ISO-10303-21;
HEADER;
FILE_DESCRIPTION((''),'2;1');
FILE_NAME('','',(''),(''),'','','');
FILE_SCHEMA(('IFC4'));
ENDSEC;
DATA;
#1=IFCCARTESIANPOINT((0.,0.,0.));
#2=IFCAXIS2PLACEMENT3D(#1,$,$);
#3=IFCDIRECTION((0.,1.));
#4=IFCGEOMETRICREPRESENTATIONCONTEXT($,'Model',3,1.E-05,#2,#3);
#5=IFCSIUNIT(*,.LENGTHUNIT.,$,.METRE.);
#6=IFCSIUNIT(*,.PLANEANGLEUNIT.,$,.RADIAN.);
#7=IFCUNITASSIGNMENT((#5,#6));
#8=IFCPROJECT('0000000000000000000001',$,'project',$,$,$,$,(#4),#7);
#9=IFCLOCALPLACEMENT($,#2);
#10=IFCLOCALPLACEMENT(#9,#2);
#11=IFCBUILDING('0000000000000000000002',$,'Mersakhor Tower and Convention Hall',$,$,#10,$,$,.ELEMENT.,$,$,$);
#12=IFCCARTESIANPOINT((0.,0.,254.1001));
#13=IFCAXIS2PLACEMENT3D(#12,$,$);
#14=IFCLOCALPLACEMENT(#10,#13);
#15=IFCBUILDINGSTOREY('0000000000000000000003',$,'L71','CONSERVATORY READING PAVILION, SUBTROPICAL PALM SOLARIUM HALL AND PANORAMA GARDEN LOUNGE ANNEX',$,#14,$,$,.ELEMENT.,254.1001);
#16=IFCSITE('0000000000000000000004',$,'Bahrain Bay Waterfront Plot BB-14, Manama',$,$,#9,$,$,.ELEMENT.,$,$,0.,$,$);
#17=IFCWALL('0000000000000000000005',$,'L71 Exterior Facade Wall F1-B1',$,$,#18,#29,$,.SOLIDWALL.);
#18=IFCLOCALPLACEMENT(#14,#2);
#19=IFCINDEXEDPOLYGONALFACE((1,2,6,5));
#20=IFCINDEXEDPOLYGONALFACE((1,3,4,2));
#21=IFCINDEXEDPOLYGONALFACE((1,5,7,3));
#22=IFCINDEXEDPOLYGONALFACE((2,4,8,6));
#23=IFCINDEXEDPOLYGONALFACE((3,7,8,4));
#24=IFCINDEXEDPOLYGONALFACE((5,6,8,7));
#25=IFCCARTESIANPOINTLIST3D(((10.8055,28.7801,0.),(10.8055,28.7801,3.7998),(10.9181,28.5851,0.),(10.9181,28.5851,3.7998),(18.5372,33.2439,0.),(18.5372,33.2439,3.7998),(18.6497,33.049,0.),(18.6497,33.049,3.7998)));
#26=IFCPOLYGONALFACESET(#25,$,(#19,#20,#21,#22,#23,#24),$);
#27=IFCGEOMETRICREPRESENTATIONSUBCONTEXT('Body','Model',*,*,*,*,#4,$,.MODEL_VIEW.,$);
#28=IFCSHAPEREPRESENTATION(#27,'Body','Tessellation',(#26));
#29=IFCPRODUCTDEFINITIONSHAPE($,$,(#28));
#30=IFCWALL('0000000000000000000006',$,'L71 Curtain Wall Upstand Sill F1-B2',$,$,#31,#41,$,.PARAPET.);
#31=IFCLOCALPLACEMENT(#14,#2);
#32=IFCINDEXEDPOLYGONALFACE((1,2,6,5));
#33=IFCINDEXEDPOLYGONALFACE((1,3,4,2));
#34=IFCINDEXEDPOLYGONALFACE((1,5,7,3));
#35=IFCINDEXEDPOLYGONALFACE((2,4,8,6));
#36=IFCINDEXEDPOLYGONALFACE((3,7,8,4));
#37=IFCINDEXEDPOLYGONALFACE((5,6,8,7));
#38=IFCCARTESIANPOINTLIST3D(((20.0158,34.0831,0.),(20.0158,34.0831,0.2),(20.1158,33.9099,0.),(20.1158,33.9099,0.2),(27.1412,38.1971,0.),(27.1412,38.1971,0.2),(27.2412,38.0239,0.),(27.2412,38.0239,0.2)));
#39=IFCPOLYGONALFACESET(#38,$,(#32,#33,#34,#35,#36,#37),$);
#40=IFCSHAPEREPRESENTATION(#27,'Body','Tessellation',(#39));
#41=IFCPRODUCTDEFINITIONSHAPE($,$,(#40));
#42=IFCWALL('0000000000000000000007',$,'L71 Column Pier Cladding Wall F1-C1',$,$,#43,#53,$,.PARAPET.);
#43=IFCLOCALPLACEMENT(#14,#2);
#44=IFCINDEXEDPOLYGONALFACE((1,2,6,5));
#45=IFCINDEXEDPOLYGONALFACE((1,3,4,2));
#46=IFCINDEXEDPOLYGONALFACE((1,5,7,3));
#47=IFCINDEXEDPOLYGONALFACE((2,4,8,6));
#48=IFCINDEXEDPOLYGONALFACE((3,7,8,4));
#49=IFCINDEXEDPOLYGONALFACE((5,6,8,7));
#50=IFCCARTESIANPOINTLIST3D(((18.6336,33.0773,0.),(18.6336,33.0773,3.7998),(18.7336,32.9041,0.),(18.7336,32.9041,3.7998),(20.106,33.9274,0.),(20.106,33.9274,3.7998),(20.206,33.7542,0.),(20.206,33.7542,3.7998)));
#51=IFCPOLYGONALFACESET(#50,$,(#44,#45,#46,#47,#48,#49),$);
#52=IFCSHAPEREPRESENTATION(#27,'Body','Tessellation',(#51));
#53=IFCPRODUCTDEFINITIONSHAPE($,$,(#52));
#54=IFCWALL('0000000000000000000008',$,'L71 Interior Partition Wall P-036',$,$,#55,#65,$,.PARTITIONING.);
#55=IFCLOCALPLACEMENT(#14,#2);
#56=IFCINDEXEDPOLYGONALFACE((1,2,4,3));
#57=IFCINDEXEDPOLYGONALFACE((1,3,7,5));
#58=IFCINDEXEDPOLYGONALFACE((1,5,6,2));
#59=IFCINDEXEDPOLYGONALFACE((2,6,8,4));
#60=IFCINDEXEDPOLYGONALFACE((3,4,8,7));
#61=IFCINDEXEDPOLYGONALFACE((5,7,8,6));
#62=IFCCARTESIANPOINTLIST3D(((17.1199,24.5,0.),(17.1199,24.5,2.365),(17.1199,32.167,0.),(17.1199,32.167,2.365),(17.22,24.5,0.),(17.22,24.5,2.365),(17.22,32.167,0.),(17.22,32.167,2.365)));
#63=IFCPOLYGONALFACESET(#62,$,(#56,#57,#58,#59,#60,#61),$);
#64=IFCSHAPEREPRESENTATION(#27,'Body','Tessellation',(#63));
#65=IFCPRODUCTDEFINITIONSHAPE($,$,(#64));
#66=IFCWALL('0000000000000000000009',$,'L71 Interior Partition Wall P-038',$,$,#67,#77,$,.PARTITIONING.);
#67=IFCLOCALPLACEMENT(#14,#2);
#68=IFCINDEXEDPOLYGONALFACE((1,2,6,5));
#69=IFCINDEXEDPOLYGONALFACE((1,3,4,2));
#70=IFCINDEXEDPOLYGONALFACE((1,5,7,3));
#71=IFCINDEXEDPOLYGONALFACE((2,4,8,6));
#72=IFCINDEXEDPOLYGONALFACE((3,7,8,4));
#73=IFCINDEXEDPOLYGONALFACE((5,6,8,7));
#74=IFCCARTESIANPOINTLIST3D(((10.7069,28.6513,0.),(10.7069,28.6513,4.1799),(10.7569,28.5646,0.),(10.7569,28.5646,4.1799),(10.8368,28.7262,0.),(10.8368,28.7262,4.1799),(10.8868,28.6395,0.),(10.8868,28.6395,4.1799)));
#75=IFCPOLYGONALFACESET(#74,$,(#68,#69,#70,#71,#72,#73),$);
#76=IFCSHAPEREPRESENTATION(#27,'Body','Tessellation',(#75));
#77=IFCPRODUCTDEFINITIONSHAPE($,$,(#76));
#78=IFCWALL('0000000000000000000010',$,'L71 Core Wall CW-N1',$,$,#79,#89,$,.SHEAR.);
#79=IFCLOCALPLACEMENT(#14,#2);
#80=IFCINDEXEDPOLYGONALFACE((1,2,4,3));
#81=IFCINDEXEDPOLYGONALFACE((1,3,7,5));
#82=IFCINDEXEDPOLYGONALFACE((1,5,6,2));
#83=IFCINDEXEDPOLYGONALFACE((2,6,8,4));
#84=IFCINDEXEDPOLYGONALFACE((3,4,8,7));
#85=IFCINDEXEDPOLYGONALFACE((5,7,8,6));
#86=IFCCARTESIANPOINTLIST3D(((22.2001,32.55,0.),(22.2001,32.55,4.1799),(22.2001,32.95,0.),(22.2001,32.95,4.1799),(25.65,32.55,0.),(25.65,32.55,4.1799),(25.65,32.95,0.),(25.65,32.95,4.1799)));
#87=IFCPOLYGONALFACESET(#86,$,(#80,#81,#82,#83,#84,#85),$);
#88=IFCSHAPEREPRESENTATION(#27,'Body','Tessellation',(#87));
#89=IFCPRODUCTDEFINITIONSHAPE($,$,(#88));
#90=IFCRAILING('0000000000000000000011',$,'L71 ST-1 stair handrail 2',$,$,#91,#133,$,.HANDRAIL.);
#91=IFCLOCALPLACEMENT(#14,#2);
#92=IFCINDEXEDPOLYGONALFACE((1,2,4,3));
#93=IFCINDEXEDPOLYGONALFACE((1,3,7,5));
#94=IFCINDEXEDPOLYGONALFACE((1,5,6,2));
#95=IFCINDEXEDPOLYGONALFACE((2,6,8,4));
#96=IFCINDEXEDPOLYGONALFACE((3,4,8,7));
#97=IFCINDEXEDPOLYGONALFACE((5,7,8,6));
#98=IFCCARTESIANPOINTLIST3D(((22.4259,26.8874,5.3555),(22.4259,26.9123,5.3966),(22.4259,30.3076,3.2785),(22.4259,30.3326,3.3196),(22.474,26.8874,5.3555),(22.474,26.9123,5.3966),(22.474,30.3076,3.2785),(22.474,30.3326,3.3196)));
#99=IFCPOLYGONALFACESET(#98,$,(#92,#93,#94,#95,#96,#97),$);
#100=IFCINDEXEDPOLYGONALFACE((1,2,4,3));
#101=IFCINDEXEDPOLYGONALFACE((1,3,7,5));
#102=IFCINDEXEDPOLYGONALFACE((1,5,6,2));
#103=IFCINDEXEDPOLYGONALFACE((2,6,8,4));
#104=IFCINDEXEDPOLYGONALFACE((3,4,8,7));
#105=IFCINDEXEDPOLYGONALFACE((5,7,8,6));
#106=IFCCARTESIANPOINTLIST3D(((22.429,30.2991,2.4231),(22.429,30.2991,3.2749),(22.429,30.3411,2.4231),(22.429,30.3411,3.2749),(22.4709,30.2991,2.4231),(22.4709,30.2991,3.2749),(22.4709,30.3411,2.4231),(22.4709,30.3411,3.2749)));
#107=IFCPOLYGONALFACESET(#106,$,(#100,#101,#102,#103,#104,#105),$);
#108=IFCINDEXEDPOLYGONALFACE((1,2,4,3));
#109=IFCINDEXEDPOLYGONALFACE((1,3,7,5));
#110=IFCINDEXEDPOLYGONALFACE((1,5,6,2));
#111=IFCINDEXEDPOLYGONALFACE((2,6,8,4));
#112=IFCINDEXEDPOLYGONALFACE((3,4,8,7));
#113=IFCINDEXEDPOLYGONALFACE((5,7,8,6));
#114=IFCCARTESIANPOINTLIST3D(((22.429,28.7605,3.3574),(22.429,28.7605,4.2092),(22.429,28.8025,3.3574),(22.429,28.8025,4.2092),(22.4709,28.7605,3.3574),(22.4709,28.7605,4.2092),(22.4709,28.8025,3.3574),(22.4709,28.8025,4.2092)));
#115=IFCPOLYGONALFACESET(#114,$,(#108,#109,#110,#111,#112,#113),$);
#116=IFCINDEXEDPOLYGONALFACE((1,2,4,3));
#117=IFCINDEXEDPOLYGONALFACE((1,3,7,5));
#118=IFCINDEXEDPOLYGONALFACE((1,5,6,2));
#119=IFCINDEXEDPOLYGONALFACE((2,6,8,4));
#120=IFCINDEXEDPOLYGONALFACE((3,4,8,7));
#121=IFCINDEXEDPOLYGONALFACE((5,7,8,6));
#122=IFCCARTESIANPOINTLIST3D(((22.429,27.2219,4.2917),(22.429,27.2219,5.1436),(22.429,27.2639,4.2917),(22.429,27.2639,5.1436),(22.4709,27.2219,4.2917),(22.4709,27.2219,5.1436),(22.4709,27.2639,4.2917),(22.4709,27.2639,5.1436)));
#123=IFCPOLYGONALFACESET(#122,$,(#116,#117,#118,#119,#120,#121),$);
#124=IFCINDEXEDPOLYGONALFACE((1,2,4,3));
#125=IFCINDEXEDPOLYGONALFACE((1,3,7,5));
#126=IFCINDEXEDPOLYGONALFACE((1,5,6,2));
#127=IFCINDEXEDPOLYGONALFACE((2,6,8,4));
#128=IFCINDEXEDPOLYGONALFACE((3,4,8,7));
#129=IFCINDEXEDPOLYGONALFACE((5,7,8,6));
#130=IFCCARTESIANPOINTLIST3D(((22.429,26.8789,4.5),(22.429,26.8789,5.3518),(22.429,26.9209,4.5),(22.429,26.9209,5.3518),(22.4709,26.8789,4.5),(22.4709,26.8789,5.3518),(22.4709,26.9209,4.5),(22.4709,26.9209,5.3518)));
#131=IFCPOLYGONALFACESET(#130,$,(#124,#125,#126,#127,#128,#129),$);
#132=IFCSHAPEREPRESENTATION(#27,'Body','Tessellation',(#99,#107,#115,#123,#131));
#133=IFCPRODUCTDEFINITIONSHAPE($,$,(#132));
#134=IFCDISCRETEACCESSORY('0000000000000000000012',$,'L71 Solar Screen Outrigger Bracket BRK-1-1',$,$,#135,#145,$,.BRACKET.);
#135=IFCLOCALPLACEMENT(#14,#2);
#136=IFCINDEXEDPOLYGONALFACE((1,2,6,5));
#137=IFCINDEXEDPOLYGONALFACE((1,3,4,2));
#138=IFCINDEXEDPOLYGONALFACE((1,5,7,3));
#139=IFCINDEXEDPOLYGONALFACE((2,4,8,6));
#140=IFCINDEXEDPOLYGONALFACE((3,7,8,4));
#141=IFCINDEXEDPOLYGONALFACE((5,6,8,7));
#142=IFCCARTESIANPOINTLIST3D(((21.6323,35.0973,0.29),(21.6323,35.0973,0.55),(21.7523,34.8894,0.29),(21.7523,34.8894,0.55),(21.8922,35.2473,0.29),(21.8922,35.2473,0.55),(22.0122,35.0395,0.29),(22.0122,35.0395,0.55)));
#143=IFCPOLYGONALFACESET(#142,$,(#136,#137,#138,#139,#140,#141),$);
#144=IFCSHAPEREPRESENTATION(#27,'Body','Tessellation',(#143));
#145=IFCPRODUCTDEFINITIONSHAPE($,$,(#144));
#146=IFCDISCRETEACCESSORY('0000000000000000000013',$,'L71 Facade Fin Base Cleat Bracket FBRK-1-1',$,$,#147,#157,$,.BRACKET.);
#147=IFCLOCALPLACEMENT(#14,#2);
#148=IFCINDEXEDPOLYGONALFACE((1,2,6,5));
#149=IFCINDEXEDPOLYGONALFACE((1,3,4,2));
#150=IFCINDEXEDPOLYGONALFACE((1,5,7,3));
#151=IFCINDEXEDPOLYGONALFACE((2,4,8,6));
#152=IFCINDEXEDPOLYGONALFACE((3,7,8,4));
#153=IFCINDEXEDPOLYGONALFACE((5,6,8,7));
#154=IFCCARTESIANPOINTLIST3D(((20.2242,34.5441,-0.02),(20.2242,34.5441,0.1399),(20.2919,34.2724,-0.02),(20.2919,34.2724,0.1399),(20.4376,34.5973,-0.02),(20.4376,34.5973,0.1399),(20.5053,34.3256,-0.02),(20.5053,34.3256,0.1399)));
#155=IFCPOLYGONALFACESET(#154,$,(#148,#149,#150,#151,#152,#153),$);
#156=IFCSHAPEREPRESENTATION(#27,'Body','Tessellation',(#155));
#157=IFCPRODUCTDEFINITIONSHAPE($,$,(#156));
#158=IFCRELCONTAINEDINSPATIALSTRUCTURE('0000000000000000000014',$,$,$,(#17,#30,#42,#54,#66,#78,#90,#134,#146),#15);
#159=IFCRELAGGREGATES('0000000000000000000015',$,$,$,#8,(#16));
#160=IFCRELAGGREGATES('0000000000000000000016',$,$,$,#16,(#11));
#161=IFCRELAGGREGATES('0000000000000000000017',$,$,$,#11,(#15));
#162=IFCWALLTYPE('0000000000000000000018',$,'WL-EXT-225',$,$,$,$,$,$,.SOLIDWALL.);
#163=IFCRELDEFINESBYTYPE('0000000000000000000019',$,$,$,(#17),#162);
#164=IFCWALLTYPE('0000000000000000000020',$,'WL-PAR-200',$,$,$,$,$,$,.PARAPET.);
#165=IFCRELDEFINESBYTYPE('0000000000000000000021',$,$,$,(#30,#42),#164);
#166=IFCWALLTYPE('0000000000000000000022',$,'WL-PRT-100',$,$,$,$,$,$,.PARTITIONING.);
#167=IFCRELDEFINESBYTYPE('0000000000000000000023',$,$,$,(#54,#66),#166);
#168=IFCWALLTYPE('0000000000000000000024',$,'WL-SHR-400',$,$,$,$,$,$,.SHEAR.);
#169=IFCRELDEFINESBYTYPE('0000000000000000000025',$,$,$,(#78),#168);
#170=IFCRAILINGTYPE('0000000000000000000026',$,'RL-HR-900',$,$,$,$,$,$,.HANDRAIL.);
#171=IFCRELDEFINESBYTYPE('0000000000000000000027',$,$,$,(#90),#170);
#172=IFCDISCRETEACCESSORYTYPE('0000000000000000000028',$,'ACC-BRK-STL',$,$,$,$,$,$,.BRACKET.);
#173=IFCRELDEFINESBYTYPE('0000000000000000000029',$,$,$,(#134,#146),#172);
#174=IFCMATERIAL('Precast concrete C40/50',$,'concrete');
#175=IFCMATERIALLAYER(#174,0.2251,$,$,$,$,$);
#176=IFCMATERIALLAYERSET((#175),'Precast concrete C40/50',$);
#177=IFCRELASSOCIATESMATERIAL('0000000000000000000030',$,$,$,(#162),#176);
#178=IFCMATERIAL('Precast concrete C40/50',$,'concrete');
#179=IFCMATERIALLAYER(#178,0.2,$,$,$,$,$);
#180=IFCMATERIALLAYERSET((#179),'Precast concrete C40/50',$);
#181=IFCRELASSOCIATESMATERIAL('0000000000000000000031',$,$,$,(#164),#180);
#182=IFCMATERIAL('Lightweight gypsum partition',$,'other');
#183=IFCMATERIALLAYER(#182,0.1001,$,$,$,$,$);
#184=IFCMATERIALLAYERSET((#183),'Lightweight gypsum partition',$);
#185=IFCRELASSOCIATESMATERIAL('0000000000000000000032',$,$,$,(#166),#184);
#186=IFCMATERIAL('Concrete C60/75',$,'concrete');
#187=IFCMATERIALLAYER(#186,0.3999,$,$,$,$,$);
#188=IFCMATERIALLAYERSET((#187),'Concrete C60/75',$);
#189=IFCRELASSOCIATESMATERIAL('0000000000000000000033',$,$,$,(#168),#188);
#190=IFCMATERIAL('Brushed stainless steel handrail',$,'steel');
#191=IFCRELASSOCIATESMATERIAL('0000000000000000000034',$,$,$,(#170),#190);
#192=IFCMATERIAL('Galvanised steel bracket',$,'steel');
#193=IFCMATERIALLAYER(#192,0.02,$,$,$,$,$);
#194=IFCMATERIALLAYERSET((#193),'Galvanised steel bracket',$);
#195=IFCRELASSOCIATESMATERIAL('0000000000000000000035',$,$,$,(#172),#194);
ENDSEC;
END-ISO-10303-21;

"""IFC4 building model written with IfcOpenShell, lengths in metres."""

from ifc_helpers import new_model, si_unit, direction, frame, frame_2d, origin, origin_2d, place, context, subcontext, project, spatial, rectangle, extrude, material, layer, layer_set, type_object, element, save


model = new_model("IFC4")

# Units and contexts
model_context = context("Model", 3, precision=1e-05, world=origin(), true_north=direction((0.0, 1.0)))
body_context = subcontext(model_context, "Body", "Model", "MODEL_VIEW")
ifc_project = project(units=[si_unit("LENGTHUNIT", "METRE"), si_unit("PLANEANGLEUNIT", "RADIAN")], contexts=[model_context])

# Site, building, storey
site_placement = place(None, origin())
site = spatial("IfcSite", under=ifc_project, at=site_placement, Name="Bahrain Bay Waterfront Plot BB-14, Manama", CompositionType="ELEMENT", RefElevation=0.0)
building_placement = place(site_placement, origin())
building = spatial("IfcBuilding", under=site, at=building_placement, Name="Mersakhor Tower and Convention Hall", CompositionType="ELEMENT")
storey_placement = place(building_placement, frame((0.0, 0.0, 254.1001)))
storey = spatial("IfcBuildingStorey", under=building, at=storey_placement, Name="L71", Description="CONSERVATORY READING PAVILION, SUBTROPICAL PALM SOLARIUM HALL AND PANORAMA GARDEN LOUNGE ANNEX", CompositionType="ELEMENT", Elevation=254.1001)

# Walls
ifc_material_1 = material(Name="Precast concrete C40/50", Category="concrete")
ifc_layer_1 = layer(ifc_material_1, 0.2251)
ifc_layer_set_1 = layer_set([ifc_layer_1], Name="Precast concrete C40/50")
wall_type_1 = type_object("IfcWallType", Name="WL-EXT-225", PredefinedType="SOLIDWALL", material=ifc_layer_set_1)
wall_1_placement = place(storey_placement, frame((10.8618, 28.6826, 0.0), z_axis=(0.0, 0.0, 1.0), x_axis=(0.866027, 0.499998, 0.0)))
element("IfcWall", 1, at=wall_1_placement, inside=storey, type_object=wall_type_1, Name="L71 Exterior Facade Wall F1-B1", PredefinedType="SOLIDWALL", context=body_context, shape_type="SweptSolid", body=[
    extrude(rectangle(XDim=8.9277, YDim=0.2251, at=frame_2d((4.4639, 0.0))), origin(), (0.0, 0.0, 1.0), 3.7998),
])
ifc_material_2 = material(Name="Precast concrete C40/50", Category="concrete")
ifc_layer_2 = layer(ifc_material_2, 0.2)
ifc_layer_set_2 = layer_set([ifc_layer_2], Name="Precast concrete C40/50")
wall_type_2 = type_object("IfcWallType", Name="WL-PAR-200", PredefinedType="PARAPET", material=ifc_layer_set_2)
wall_2_placement = place(storey_placement, frame((20.0659, 33.9966, 0.0), z_axis=(0.0, 0.0, 1.0), x_axis=(0.86602, 0.50001, 0.0)))
element("IfcWall", 2, at=wall_2_placement, inside=storey, type_object=wall_type_2, Name="L71 Curtain Wall Upstand Sill F1-B2", PredefinedType="PARAPET", context=body_context, shape_type="SweptSolid", body=[
    extrude(rectangle(XDim=8.2278, YDim=0.2, at=frame_2d((4.1138, 0.0))), origin(), (0.0, 0.0, 1.0), 0.2),
])
wall_3_placement = place(storey_placement, frame((18.6836, 32.9907, 0.0), z_axis=(0.0, 0.0, 1.0), x_axis=(0.866025, 0.5, 0.0)))
element("IfcWall", 3, at=wall_3_placement, inside=storey, type_object=wall_type_2, Name="L71 Column Pier Cladding Wall F1-C1", PredefinedType="PARAPET", context=body_context, shape_type="SweptSolid", body=[
    extrude(rectangle(XDim=1.7002, YDim=0.2, at=frame_2d((0.8501, 0.0))), origin(), (0.0, 0.0, 1.0), 3.7998),
])
ifc_material_3 = material(Name="Lightweight gypsum partition", Category="other")
ifc_layer_3 = layer(ifc_material_3, 0.1001)
ifc_layer_set_3 = layer_set([ifc_layer_3], Name="Lightweight gypsum partition")
wall_type_3 = type_object("IfcWallType", Name="WL-PRT-100", PredefinedType="PARTITIONING", material=ifc_layer_set_3)
wall_4_placement = place(storey_placement, frame((17.1699, 32.167, 0.0), z_axis=(0.0, 0.0, 1.0), x_axis=(0.0, -1.0, 0.0)))
element("IfcWall", 4, at=wall_4_placement, inside=storey, type_object=wall_type_3, Name="L71 Interior Partition Wall P-036", PredefinedType="PARTITIONING", context=body_context, shape_type="SweptSolid", body=[
    extrude(rectangle(XDim=7.667, YDim=0.1001, at=frame_2d((3.8335, 0.0))), origin(), (0.0, 0.0, 1.0), 2.365),
])
wall_5_placement = place(storey_placement, frame((10.7319, 28.6079, 0.0), z_axis=(0.0, 0.0, 1.0), x_axis=(0.866131, 0.499816, 0.0)))
element("IfcWall", 5, at=wall_5_placement, inside=storey, type_object=wall_type_3, Name="L71 Interior Partition Wall P-038", PredefinedType="PARTITIONING", context=body_context, shape_type="SweptSolid", body=[
    extrude(rectangle(XDim=0.1499, YDim=0.1001, at=frame_2d((0.075, 0.0))), origin(), (0.0, 0.0, 1.0), 4.1799),
])
ifc_material_4 = material(Name="Concrete C60/75", Category="concrete")
ifc_layer_4 = layer(ifc_material_4, 0.3999)
ifc_layer_set_4 = layer_set([ifc_layer_4], Name="Concrete C60/75")
wall_type_4 = type_object("IfcWallType", Name="WL-SHR-400", PredefinedType="SHEAR", material=ifc_layer_set_4)
wall_6_placement = place(storey_placement, frame((22.2, 32.75, 0.0), z_axis=(0.0, 0.0, 1.0), x_axis=(1.0, 0.0, 0.0)))
element("IfcWall", 6, at=wall_6_placement, inside=storey, type_object=wall_type_4, Name="L71 Core Wall CW-N1", PredefinedType="SHEAR", context=body_context, shape_type="SweptSolid", body=[
    extrude(rectangle(XDim=3.45, YDim=0.3999, at=frame_2d((1.7251, 0.0))), origin(), (0.0, 0.0, 1.0), 4.1799),
])

# Railing
ifc_material_5 = material(Name="Brushed stainless steel handrail", Category="steel")
railing_type = type_object("IfcRailingType", Name="RL-HR-900", PredefinedType="HANDRAIL", material=ifc_material_5)
railing_placement = place(storey_placement, frame((22.45, 30.3201, 2.4231)))
element("IfcRailing", 7, at=railing_placement, inside=storey, type_object=railing_type, Name="L71 ST-1 stair handrail 2", PredefinedType="HANDRAIL", context=body_context, shape_type="SweptSolid", body=[
    extrude(rectangle(XDim=0.0481, YDim=0.0481, at=origin_2d()), frame((0.0, 0.0, 0.876), z_axis=(0.0, -0.854746, 0.519047), x_axis=(1.0, 0.0, 0.0)), (0.0, 0.0, 1.0), 4.0015),
    extrude(rectangle(XDim=0.042, YDim=0.042, at=origin_2d()), origin(), (0.0, 0.0, 1.0), 0.8518),
    extrude(rectangle(XDim=0.042, YDim=0.042, at=origin_2d()), frame((0.0, -1.5386, 0.9343)), (0.0, 0.0, 1.0), 0.8518),
    extrude(rectangle(XDim=0.042, YDim=0.042, at=origin_2d()), frame((0.0, -3.0771, 1.8687)), (0.0, 0.0, 1.0), 0.8518),
    extrude(rectangle(XDim=0.042, YDim=0.042, at=origin_2d()), frame((0.0, -3.4202, 2.0769)), (0.0, 0.0, 1.0), 0.8518),
])

# Discrete accessories
ifc_material_6 = material(Name="Galvanised steel bracket", Category="steel")
ifc_layer_5 = layer(ifc_material_6, 0.02)
ifc_layer_set_5 = layer_set([ifc_layer_5], Name="Galvanised steel bracket")
discrete_accessory_type = type_object("IfcDiscreteAccessoryType", Name="ACC-BRK-STL", PredefinedType="BRACKET", material=ifc_layer_set_5)
discrete_accessory_1_placement = place(storey_placement, frame((21.8223, 35.0684, 0.29), z_axis=(0.0, 0.0, 1.0), x_axis=(0.866025, 0.5, 0.0)))
element("IfcDiscreteAccessory", 8, at=discrete_accessory_1_placement, inside=storey, type_object=discrete_accessory_type, Name="L71 Solar Screen Outrigger Bracket BRK-1-1", PredefinedType="BRACKET", context=body_context, shape_type="SweptSolid", body=[
    extrude(rectangle(XDim=0.3, YDim=0.24, at=origin_2d()), origin(), (0.0, 0.0, 1.0), 0.26),
])
discrete_accessory_2_placement = place(storey_placement, frame((20.3647, 34.4348, -0.02), z_axis=(0.0, 0.0, 1.0), x_axis=(-0.241922, 0.970296, 0.0)))
element("IfcDiscreteAccessory", 9, at=discrete_accessory_2_placement, inside=storey, type_object=discrete_accessory_type, Name="L71 Facade Fin Base Cleat Bracket FBRK-1-1", PredefinedType="BRACKET", context=body_context, shape_type="SweptSolid", body=[
    extrude(rectangle(XDim=0.28, YDim=0.22, at=origin_2d()), origin(), (0.0, 0.0, 1.0), 0.1599),
])

save(model, "model.ifc")
